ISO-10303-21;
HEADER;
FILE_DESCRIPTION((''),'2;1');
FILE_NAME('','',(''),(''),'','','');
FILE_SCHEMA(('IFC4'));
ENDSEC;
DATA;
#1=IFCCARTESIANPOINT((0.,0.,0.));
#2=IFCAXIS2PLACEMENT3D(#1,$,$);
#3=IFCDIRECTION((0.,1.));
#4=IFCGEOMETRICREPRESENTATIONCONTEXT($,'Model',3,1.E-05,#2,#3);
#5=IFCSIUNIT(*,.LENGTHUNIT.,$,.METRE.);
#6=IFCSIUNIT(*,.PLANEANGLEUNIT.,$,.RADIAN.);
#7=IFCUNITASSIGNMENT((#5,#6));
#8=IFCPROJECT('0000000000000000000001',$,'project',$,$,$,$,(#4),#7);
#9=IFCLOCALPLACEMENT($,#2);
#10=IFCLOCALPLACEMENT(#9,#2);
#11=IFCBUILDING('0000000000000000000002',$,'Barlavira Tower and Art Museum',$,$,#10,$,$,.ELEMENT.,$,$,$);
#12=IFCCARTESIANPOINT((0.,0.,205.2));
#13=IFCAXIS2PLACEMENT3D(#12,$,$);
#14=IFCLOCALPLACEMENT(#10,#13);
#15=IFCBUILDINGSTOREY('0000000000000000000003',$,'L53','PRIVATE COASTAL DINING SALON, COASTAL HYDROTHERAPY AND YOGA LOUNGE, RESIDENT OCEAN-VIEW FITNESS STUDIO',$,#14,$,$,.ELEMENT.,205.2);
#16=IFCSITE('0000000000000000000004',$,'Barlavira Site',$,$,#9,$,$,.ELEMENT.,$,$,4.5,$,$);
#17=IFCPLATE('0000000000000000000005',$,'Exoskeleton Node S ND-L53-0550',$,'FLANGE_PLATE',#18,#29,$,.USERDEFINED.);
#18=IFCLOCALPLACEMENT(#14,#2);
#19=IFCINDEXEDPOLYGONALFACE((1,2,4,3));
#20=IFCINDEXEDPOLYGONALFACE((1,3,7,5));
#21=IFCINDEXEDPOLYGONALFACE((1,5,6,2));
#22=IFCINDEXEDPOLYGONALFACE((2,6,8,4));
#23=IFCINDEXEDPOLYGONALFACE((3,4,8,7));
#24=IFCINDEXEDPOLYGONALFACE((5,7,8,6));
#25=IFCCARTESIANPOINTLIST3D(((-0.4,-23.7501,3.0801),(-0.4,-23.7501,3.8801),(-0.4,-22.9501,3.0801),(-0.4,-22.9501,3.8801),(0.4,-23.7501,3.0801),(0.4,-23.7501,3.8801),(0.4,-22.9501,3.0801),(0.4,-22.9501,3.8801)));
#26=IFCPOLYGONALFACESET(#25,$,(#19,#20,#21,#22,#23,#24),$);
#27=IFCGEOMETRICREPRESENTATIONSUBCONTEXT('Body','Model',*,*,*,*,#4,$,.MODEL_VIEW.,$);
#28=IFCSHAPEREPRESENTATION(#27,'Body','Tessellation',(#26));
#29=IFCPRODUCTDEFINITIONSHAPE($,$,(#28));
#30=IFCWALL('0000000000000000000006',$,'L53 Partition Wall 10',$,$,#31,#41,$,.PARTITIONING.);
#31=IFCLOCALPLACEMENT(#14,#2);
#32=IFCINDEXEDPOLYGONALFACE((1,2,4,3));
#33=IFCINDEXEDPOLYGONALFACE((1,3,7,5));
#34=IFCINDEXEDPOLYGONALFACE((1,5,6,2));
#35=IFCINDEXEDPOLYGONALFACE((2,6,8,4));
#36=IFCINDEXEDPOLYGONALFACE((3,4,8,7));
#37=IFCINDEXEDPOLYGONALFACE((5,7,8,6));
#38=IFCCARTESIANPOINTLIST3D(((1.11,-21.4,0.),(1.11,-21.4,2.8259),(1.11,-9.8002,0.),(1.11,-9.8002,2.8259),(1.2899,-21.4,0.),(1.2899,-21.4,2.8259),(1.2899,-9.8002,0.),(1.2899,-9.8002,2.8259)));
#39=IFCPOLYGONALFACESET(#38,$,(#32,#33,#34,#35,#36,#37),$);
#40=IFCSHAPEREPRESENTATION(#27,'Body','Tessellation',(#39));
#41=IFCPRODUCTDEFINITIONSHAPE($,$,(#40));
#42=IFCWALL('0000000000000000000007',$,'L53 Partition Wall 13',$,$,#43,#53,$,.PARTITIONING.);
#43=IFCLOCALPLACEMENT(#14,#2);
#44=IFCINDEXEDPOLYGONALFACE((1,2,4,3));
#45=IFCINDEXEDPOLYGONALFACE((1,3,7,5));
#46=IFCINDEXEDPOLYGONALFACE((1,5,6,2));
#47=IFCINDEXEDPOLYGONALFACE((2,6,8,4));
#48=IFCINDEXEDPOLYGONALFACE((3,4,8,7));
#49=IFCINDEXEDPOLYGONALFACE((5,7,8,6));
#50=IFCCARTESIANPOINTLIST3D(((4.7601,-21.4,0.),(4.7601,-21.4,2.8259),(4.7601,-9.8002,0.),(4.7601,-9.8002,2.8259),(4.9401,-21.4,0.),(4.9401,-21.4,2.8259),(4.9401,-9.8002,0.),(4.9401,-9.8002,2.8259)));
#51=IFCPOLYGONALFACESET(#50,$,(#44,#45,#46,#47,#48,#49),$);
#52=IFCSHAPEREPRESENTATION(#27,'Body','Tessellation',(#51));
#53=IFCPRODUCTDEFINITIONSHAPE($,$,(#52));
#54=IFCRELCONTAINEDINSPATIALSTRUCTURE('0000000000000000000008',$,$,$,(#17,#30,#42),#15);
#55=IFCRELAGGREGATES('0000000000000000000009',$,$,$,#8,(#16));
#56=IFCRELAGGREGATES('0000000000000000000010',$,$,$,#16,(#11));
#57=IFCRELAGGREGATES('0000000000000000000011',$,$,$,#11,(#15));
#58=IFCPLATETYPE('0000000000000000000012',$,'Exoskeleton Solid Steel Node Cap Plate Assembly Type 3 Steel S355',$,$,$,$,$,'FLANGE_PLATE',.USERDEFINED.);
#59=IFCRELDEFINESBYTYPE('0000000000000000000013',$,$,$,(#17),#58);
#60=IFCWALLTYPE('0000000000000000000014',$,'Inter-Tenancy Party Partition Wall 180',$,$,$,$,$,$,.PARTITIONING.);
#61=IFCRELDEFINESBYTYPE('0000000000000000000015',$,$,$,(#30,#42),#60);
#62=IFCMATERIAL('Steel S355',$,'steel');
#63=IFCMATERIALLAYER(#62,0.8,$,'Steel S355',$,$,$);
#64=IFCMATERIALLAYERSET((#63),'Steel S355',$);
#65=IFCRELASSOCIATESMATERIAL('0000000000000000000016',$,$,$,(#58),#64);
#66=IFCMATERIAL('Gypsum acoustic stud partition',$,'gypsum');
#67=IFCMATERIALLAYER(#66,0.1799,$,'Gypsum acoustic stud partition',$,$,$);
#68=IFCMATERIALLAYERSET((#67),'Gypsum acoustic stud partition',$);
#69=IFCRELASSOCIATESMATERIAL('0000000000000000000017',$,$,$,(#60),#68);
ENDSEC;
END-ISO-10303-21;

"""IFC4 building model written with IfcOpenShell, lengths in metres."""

from ifc_helpers import new_model, si_unit, direction, frame, frame_2d, origin, origin_2d, place, context, subcontext, project, spatial, rectangle, extrude, material, layer, layer_set, type_object, element, save


model = new_model("IFC4")

# Units and contexts
model_context = context("Model", 3, precision=1e-05, world=origin(), true_north=direction((0.0, 1.0)))
body_context = subcontext(model_context, "Body", "Model", "MODEL_VIEW")
ifc_project = project(units=[si_unit("LENGTHUNIT", "METRE"), si_unit("PLANEANGLEUNIT", "RADIAN")], contexts=[model_context])

# Site, building, storey
site_placement = place(None, origin())
site = spatial("IfcSite", under=ifc_project, at=site_placement, Name="Barlavira Site", CompositionType="ELEMENT", RefElevation=4.5)
building_placement = place(site_placement, origin())
building = spatial("IfcBuilding", under=site, at=building_placement, Name="Barlavira Tower and Art Museum", CompositionType="ELEMENT")
storey_placement = place(building_placement, frame((0.0, 0.0, 205.2)))
storey = spatial("IfcBuildingStorey", under=building, at=storey_placement, Name="L53", Description="PRIVATE COASTAL DINING SALON, COASTAL HYDROTHERAPY AND YOGA LOUNGE, RESIDENT OCEAN-VIEW FITNESS STUDIO", CompositionType="ELEMENT", Elevation=205.2)

# Shared definitions
ifc_material_1 = material(Name="Steel S355", Category="steel")

# Plate
ifc_layer_1 = layer(ifc_material_1, 0.8, Name="Steel S355")
ifc_layer_set_1 = layer_set([ifc_layer_1], Name="Steel S355")
plate_type_1 = type_object("IfcPlateType", Name="Exoskeleton Solid Steel Node Cap Plate Assembly Type 3 Steel S355", ElementType="FLANGE_PLATE", PredefinedType="USERDEFINED", material=ifc_layer_set_1)
plate_1_placement = place(storey_placement, frame((0.0, -23.3501, 3.0801), z_axis=(0.0, 0.0, 1.0), x_axis=(1.0, 0.0, 0.0)))
element("IfcPlate", 1, at=plate_1_placement, inside=storey, type_object=plate_type_1, Name="Exoskeleton Node S ND-L53-0550", ObjectType="FLANGE_PLATE", PredefinedType="USERDEFINED", context=body_context, shape_type="SweptSolid", body=[
    extrude(rectangle(XDim=0.8, YDim=0.8, at=origin_2d()), origin(), (0.0, 0.0, 1.0), 0.8),
])

# Walls
ifc_material_2 = material(Name="Gypsum acoustic stud partition", Category="gypsum")
ifc_layer_2 = layer(ifc_material_2, 0.1799, Name="Gypsum acoustic stud partition")
ifc_layer_set_2 = layer_set([ifc_layer_2], Name="Gypsum acoustic stud partition")
wall_type = type_object("IfcWallType", Name="Inter-Tenancy Party Partition Wall 180", PredefinedType="PARTITIONING", material=ifc_layer_set_2)
for number, where, z_axis, x_axis, name in (
    (2, (1.2, -21.3999, 0.0), (0.0, 0.0, 1.0), (0.0, 1.0, 0.0), "L53 Partition Wall 10"),
    (3, (4.8501, -21.3999, 0.0), (0.0, 0.0, 1.0), (0.0, 1.0, 0.0), "L53 Partition Wall 13"),
):
    element("IfcWall", number, at=place(storey_placement, frame(where, z_axis=z_axis, x_axis=x_axis)), inside=storey, type_object=wall_type, Name=name, PredefinedType="PARTITIONING", context=body_context, shape_type="SweptSolid", body=[
        extrude(rectangle(XDim=11.5999, YDim=0.1799, at=frame_2d((5.7998, 0.0))), origin(), (0.0, 0.0, 1.0), 2.8259),
    ])

save(model, "model.ifc")
